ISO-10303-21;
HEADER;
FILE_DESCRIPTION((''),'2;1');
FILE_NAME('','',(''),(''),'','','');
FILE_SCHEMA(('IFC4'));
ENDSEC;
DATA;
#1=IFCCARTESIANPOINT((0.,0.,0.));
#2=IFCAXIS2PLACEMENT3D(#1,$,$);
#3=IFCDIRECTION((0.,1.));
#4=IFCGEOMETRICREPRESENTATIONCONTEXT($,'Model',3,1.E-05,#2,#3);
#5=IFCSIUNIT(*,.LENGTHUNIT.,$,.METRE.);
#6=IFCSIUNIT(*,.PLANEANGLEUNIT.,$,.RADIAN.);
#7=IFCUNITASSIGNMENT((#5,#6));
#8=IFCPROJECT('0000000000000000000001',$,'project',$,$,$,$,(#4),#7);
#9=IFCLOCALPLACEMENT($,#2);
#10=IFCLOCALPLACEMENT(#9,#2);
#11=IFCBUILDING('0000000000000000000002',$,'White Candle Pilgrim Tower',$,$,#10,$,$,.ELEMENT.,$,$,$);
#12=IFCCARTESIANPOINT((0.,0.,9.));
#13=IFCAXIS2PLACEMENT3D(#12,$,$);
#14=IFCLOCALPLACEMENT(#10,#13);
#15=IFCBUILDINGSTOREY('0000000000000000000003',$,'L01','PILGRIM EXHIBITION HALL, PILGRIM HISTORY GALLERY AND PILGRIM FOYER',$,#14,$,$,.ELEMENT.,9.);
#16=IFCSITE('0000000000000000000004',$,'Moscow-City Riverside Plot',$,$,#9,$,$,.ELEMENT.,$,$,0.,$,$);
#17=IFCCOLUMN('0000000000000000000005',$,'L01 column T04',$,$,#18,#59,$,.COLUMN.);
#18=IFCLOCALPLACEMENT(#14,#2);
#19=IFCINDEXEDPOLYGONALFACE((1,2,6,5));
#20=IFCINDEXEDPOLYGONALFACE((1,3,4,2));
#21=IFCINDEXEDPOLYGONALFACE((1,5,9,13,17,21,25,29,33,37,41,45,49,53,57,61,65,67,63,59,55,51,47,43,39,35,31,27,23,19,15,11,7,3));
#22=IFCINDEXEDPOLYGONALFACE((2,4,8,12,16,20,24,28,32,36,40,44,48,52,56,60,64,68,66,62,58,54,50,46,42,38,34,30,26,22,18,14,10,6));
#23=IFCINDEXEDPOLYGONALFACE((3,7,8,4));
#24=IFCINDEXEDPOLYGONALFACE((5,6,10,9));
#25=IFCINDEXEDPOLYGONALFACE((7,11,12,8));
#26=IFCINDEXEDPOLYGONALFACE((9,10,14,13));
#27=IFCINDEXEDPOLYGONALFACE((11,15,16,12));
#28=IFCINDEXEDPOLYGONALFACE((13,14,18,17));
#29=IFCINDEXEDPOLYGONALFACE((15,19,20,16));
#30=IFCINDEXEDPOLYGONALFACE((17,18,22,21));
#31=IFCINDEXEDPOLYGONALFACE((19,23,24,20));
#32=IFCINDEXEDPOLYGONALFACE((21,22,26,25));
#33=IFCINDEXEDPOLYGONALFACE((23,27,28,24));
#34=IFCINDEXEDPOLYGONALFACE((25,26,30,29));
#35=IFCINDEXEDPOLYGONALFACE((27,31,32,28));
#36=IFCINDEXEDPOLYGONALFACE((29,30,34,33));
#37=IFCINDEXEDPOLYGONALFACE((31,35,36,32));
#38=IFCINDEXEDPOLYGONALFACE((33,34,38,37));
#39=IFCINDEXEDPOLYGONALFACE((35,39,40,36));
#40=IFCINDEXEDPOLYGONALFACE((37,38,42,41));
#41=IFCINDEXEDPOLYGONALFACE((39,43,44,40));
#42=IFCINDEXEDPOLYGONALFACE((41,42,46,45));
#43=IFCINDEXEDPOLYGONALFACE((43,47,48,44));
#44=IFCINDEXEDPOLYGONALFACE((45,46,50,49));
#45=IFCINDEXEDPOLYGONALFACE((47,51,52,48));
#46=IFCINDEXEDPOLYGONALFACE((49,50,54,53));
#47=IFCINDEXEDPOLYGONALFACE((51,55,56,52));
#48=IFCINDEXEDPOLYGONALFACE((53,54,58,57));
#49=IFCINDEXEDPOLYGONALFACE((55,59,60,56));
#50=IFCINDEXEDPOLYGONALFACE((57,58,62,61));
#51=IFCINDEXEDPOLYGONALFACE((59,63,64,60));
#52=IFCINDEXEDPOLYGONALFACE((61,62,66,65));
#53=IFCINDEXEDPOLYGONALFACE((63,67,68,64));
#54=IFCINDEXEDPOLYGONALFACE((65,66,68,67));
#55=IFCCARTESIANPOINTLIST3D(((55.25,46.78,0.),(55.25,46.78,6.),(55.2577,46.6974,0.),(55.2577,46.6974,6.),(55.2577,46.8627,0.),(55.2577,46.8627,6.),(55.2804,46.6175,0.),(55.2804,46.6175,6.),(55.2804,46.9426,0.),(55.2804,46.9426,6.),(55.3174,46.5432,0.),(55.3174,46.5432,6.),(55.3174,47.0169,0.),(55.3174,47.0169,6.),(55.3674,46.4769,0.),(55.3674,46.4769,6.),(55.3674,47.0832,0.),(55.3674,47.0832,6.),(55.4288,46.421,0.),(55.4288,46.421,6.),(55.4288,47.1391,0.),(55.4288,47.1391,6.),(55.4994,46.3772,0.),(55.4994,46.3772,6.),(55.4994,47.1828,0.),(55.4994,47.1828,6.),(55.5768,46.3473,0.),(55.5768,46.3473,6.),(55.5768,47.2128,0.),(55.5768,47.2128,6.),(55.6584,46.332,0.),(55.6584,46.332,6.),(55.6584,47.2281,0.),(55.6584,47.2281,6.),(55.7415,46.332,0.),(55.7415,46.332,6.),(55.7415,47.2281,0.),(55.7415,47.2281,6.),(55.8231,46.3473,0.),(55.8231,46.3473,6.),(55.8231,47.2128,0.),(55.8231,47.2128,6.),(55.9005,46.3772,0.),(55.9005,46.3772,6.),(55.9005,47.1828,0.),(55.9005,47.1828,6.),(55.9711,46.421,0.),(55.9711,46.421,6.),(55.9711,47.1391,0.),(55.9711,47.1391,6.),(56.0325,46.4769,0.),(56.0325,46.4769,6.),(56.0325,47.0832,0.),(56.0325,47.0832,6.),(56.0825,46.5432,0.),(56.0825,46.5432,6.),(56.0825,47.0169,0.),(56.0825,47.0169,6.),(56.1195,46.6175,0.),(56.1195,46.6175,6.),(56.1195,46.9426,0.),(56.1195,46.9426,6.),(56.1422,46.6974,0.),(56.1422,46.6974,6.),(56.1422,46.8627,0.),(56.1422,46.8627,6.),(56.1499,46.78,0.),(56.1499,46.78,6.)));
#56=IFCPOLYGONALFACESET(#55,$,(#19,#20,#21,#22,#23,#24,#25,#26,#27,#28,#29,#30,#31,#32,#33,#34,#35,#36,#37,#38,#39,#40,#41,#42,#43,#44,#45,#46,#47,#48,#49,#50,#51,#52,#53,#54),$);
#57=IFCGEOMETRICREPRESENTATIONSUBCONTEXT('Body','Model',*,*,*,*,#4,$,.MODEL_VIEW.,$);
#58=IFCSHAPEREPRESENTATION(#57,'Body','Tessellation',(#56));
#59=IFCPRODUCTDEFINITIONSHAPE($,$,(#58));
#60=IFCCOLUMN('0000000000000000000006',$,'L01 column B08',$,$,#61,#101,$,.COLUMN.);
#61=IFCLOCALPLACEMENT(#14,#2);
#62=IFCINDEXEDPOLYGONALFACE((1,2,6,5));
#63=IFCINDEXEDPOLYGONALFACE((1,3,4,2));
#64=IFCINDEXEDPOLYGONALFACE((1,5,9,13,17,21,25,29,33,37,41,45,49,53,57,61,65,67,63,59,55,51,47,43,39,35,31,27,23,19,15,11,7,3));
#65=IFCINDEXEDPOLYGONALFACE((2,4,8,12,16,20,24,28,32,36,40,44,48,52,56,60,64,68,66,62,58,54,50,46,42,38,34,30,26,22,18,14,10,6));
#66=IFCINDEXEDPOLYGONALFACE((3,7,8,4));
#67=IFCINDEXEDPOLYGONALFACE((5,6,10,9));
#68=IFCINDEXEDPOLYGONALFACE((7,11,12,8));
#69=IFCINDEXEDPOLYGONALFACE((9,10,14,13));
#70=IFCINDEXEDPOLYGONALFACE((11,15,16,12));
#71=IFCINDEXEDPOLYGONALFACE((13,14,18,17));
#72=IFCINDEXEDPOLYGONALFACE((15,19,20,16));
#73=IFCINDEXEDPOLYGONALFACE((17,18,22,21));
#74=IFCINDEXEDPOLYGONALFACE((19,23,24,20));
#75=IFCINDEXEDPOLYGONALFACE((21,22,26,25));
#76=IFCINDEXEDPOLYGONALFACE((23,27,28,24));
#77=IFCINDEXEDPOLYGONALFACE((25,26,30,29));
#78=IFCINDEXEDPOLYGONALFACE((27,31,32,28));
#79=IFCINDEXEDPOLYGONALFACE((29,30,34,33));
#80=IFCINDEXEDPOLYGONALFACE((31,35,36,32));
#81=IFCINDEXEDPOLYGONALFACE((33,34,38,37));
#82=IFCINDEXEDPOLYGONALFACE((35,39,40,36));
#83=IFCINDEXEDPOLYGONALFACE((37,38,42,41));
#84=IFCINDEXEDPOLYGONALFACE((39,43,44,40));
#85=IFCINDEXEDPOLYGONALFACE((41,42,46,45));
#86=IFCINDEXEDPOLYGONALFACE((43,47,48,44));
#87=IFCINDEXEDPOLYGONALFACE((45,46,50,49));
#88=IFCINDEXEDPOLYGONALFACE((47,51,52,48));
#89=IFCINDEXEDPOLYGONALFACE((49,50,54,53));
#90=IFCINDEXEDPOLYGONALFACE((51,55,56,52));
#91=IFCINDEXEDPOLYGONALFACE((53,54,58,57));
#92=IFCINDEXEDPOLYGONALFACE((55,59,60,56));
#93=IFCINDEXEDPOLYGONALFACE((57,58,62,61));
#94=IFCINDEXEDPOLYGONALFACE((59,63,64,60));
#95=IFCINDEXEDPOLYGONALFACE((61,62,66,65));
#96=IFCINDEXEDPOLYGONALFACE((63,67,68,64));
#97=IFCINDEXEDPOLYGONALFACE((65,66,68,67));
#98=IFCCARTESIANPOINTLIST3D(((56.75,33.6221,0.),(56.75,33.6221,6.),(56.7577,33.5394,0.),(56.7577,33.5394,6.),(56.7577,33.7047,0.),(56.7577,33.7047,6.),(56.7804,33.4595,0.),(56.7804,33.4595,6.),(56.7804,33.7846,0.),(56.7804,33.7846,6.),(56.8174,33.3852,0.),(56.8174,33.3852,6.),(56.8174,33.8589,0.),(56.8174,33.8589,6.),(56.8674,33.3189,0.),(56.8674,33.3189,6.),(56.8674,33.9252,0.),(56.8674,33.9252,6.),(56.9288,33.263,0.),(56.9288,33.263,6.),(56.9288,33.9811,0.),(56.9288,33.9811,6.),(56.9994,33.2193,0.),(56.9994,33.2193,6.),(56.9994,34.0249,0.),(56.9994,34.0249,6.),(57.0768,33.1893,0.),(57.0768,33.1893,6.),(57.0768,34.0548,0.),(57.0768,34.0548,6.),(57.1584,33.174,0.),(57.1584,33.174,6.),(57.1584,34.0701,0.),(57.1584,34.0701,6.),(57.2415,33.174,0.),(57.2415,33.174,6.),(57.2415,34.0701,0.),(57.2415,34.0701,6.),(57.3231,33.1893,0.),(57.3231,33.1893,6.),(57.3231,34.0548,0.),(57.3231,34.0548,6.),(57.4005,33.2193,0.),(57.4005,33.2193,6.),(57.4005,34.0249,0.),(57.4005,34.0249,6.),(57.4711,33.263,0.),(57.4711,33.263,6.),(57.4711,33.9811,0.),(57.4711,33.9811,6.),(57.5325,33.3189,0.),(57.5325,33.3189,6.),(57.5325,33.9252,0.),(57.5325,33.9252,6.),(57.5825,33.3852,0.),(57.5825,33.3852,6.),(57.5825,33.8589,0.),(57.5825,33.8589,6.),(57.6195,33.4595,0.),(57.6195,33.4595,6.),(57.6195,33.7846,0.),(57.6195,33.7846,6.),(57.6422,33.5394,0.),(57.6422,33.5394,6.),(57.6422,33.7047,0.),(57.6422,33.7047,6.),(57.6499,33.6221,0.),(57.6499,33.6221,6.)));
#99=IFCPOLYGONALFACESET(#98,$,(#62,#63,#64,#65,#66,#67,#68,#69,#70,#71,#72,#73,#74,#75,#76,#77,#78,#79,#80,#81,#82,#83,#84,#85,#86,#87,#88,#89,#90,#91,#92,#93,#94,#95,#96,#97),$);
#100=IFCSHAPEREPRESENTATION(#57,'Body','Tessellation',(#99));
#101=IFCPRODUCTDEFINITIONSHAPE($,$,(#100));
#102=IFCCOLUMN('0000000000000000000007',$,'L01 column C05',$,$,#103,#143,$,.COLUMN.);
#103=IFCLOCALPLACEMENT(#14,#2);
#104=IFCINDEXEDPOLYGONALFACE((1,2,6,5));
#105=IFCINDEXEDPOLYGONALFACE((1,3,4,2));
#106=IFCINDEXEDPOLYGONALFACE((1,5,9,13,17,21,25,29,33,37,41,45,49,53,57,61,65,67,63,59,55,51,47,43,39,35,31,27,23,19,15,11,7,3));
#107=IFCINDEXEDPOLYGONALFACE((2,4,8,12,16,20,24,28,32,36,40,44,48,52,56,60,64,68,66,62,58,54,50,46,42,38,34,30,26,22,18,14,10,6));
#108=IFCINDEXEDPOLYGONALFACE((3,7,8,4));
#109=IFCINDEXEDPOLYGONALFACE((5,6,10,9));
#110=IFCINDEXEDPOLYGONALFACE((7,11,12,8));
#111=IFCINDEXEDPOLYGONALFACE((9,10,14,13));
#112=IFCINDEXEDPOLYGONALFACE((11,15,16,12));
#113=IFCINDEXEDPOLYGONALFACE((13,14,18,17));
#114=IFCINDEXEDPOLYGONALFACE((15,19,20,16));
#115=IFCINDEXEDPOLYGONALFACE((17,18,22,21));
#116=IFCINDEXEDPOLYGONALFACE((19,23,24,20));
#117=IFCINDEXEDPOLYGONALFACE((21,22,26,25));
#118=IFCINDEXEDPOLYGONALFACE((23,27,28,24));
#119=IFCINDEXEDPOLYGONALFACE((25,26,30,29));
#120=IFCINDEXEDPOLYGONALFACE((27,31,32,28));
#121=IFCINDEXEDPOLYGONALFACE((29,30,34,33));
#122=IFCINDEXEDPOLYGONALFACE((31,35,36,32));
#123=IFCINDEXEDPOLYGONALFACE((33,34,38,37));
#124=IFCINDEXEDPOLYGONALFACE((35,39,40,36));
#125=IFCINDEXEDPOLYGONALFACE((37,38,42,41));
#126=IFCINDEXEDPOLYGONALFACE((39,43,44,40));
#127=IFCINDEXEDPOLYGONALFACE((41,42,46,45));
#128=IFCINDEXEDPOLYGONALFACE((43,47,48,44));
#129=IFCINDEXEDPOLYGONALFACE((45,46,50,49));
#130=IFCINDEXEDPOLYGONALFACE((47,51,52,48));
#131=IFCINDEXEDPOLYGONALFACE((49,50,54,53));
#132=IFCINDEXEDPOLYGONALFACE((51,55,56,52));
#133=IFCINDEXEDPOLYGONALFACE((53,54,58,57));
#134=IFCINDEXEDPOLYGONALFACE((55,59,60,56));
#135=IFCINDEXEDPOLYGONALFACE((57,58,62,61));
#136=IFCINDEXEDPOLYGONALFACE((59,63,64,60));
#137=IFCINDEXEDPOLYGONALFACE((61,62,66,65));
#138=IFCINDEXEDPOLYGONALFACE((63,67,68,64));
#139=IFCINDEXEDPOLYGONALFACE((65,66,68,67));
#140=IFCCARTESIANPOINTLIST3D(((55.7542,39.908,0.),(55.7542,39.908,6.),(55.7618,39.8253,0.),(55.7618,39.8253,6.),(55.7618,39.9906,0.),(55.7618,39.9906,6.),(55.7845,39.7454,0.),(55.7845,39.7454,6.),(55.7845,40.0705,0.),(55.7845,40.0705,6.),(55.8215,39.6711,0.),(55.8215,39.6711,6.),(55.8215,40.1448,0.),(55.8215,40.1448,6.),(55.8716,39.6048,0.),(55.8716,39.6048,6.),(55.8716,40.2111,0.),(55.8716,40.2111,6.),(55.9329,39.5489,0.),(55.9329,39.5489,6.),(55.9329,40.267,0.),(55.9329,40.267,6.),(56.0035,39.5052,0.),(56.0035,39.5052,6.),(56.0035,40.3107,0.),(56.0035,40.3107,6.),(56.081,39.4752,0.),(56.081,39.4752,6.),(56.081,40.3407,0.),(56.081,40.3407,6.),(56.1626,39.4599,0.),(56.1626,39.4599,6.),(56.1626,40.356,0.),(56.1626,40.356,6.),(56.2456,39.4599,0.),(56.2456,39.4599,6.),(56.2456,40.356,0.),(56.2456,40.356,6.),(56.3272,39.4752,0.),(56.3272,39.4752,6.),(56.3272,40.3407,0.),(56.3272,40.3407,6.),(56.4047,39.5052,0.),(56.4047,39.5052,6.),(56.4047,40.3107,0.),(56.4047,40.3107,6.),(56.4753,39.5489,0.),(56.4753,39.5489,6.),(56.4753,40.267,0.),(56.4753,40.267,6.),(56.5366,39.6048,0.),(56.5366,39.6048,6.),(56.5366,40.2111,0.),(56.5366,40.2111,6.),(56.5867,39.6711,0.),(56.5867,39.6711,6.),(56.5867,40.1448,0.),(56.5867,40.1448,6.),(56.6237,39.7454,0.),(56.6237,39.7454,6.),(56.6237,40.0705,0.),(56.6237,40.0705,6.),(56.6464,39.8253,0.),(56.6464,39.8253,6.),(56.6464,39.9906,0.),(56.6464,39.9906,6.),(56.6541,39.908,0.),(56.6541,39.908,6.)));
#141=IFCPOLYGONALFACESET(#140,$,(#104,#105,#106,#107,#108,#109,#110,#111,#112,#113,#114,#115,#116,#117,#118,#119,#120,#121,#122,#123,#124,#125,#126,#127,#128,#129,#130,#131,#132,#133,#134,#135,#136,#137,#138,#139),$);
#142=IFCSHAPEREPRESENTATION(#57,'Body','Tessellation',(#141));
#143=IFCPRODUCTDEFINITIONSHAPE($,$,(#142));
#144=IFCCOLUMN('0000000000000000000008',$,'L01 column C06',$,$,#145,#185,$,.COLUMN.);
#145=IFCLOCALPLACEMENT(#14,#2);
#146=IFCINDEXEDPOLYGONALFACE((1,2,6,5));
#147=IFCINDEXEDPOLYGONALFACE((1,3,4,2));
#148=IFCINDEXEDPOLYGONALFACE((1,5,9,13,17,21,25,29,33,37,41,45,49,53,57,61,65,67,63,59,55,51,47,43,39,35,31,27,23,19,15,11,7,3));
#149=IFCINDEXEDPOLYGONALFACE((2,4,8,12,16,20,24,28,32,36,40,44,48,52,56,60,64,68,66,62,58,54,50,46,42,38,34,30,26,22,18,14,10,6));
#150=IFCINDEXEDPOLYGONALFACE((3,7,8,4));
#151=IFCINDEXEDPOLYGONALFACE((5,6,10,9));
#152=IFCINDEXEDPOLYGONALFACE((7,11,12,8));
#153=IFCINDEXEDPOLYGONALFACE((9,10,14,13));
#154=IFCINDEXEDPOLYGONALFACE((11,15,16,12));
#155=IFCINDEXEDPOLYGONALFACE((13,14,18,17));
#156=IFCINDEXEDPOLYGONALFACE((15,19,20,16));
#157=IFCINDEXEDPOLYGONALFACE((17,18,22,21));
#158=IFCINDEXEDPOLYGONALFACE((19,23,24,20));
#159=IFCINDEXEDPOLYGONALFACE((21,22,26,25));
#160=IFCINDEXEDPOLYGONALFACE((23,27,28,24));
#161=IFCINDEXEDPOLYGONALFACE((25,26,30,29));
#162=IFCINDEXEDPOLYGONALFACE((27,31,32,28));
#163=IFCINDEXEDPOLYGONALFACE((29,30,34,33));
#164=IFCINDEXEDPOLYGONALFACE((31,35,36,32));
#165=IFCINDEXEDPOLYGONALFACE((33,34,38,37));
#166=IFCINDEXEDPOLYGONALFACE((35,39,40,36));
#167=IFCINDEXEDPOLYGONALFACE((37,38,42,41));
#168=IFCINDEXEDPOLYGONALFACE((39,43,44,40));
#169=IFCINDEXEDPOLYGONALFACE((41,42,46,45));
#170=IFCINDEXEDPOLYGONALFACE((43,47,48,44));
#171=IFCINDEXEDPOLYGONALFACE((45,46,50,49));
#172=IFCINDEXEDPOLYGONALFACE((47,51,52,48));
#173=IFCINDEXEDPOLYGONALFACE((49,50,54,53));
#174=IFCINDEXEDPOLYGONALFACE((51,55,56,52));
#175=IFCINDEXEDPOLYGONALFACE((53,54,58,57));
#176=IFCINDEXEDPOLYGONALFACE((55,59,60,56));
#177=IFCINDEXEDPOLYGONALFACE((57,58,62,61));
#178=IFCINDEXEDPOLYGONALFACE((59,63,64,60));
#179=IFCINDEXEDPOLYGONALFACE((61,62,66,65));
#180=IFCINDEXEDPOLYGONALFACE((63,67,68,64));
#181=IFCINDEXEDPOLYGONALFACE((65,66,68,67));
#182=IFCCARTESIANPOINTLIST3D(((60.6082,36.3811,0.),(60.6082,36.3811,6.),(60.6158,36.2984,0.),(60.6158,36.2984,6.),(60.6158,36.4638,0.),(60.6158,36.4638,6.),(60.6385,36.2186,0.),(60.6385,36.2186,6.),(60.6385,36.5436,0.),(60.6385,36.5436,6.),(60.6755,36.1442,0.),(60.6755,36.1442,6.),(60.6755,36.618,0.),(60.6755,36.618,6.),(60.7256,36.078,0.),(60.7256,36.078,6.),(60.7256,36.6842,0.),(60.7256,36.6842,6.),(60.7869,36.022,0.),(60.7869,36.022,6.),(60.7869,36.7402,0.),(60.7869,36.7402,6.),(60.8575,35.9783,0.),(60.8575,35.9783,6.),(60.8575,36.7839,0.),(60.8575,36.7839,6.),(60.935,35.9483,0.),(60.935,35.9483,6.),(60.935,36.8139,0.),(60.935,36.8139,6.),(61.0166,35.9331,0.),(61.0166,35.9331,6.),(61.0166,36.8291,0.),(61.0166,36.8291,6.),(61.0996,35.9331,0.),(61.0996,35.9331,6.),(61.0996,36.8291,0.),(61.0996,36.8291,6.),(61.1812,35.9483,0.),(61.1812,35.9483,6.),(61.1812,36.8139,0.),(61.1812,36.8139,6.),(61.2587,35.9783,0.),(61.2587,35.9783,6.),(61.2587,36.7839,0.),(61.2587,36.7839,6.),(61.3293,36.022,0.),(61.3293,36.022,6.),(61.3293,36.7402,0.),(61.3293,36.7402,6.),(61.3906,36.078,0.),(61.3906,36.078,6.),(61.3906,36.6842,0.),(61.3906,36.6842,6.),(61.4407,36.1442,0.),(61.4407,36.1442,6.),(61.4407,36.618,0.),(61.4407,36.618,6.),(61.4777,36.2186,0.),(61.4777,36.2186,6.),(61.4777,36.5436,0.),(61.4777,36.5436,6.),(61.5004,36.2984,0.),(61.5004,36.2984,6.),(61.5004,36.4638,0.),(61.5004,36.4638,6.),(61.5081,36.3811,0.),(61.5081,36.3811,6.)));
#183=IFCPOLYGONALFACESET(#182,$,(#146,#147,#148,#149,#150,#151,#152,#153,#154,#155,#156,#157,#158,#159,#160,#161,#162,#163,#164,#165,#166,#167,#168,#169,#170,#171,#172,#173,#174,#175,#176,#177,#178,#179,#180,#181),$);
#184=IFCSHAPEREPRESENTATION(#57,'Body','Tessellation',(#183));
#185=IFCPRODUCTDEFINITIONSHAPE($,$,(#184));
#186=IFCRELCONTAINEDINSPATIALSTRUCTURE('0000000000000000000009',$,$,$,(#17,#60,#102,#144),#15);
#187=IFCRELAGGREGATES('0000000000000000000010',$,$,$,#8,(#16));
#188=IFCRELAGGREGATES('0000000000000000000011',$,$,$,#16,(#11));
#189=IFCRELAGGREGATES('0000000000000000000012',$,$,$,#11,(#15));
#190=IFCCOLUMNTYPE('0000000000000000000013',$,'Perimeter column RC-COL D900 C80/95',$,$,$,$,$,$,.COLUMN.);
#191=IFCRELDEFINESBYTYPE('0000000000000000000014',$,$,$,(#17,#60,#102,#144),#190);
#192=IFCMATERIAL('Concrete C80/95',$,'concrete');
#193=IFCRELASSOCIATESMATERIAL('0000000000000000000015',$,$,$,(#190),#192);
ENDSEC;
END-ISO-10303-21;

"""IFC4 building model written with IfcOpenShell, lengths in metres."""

from ifc_helpers import new_model, si_unit, direction, frame, origin, origin_2d, place, context, subcontext, project, spatial, circle, extrude, material, material_profile, profile_set, type_object, element, save


model = new_model("IFC4")

# Units and contexts
model_context = context("Model", 3, precision=1e-05, world=origin(), true_north=direction((0.0, 1.0)))
body_context = subcontext(model_context, "Body", "Model", "MODEL_VIEW")
ifc_project = project(units=[si_unit("LENGTHUNIT", "METRE"), si_unit("PLANEANGLEUNIT", "RADIAN")], contexts=[model_context])

# Site, building, storey
site_placement = place(None, origin())
site = spatial("IfcSite", under=ifc_project, at=site_placement, Name="Moscow-City Riverside Plot", CompositionType="ELEMENT", RefElevation=0.0)
building_placement = place(site_placement, origin())
building = spatial("IfcBuilding", under=site, at=building_placement, Name="White Candle Pilgrim Tower", CompositionType="ELEMENT")
storey_placement = place(building_placement, frame((0.0, 0.0, 9.0)))
storey = spatial("IfcBuildingStorey", under=building, at=storey_placement, Name="L01", Description="PILGRIM EXHIBITION HALL, PILGRIM HISTORY GALLERY AND PILGRIM FOYER", CompositionType="ELEMENT", Elevation=9.0)

# Columns
ifc_material_1 = material(Name="Concrete C80/95", Category="concrete")
ifc_material_profile_1 = material_profile(ifc_material_1, circle(Radius=0.45, at=origin_2d()), Name="RC-COL D900")
ifc_profile_set_1 = profile_set([ifc_material_profile_1], Name="Concrete C80/95")
column_type = type_object("IfcColumnType", Name="Perimeter column RC-COL D900 C80/95", PredefinedType="COLUMN", material=ifc_profile_set_1)
for number, where, z_axis, x_axis, name in (
    (1, (55.7, 46.78, 0.0), (0.0, 0.0, 1.0), (1.0, 0.0, 0.0), "L01 column T04"),
    (2, (57.2, 33.6221, 0.0), (0.0, 0.0, 1.0), (1.0, 0.0, 0.0), "L01 column B08"),
    (3, (56.2041, 39.908, 0.0), (0.0, 0.0, 1.0), (1.0, 0.0, 0.0), "L01 column C05"),
    (4, (61.0581, 36.3811, 0.0), (0.0, 0.0, 1.0), (1.0, 0.0, 0.0), "L01 column C06"),
):
    element("IfcColumn", number, at=place(storey_placement, frame(where, z_axis=z_axis, x_axis=x_axis)), inside=storey, type_object=column_type, Name=name, PredefinedType="COLUMN", context=body_context, shape_type="SweptSolid", body=[
        extrude(circle(Radius=0.45, at=origin_2d()), origin(), (0.0, 0.0, 1.0), 6.0),
    ])

save(model, "model.ifc")
